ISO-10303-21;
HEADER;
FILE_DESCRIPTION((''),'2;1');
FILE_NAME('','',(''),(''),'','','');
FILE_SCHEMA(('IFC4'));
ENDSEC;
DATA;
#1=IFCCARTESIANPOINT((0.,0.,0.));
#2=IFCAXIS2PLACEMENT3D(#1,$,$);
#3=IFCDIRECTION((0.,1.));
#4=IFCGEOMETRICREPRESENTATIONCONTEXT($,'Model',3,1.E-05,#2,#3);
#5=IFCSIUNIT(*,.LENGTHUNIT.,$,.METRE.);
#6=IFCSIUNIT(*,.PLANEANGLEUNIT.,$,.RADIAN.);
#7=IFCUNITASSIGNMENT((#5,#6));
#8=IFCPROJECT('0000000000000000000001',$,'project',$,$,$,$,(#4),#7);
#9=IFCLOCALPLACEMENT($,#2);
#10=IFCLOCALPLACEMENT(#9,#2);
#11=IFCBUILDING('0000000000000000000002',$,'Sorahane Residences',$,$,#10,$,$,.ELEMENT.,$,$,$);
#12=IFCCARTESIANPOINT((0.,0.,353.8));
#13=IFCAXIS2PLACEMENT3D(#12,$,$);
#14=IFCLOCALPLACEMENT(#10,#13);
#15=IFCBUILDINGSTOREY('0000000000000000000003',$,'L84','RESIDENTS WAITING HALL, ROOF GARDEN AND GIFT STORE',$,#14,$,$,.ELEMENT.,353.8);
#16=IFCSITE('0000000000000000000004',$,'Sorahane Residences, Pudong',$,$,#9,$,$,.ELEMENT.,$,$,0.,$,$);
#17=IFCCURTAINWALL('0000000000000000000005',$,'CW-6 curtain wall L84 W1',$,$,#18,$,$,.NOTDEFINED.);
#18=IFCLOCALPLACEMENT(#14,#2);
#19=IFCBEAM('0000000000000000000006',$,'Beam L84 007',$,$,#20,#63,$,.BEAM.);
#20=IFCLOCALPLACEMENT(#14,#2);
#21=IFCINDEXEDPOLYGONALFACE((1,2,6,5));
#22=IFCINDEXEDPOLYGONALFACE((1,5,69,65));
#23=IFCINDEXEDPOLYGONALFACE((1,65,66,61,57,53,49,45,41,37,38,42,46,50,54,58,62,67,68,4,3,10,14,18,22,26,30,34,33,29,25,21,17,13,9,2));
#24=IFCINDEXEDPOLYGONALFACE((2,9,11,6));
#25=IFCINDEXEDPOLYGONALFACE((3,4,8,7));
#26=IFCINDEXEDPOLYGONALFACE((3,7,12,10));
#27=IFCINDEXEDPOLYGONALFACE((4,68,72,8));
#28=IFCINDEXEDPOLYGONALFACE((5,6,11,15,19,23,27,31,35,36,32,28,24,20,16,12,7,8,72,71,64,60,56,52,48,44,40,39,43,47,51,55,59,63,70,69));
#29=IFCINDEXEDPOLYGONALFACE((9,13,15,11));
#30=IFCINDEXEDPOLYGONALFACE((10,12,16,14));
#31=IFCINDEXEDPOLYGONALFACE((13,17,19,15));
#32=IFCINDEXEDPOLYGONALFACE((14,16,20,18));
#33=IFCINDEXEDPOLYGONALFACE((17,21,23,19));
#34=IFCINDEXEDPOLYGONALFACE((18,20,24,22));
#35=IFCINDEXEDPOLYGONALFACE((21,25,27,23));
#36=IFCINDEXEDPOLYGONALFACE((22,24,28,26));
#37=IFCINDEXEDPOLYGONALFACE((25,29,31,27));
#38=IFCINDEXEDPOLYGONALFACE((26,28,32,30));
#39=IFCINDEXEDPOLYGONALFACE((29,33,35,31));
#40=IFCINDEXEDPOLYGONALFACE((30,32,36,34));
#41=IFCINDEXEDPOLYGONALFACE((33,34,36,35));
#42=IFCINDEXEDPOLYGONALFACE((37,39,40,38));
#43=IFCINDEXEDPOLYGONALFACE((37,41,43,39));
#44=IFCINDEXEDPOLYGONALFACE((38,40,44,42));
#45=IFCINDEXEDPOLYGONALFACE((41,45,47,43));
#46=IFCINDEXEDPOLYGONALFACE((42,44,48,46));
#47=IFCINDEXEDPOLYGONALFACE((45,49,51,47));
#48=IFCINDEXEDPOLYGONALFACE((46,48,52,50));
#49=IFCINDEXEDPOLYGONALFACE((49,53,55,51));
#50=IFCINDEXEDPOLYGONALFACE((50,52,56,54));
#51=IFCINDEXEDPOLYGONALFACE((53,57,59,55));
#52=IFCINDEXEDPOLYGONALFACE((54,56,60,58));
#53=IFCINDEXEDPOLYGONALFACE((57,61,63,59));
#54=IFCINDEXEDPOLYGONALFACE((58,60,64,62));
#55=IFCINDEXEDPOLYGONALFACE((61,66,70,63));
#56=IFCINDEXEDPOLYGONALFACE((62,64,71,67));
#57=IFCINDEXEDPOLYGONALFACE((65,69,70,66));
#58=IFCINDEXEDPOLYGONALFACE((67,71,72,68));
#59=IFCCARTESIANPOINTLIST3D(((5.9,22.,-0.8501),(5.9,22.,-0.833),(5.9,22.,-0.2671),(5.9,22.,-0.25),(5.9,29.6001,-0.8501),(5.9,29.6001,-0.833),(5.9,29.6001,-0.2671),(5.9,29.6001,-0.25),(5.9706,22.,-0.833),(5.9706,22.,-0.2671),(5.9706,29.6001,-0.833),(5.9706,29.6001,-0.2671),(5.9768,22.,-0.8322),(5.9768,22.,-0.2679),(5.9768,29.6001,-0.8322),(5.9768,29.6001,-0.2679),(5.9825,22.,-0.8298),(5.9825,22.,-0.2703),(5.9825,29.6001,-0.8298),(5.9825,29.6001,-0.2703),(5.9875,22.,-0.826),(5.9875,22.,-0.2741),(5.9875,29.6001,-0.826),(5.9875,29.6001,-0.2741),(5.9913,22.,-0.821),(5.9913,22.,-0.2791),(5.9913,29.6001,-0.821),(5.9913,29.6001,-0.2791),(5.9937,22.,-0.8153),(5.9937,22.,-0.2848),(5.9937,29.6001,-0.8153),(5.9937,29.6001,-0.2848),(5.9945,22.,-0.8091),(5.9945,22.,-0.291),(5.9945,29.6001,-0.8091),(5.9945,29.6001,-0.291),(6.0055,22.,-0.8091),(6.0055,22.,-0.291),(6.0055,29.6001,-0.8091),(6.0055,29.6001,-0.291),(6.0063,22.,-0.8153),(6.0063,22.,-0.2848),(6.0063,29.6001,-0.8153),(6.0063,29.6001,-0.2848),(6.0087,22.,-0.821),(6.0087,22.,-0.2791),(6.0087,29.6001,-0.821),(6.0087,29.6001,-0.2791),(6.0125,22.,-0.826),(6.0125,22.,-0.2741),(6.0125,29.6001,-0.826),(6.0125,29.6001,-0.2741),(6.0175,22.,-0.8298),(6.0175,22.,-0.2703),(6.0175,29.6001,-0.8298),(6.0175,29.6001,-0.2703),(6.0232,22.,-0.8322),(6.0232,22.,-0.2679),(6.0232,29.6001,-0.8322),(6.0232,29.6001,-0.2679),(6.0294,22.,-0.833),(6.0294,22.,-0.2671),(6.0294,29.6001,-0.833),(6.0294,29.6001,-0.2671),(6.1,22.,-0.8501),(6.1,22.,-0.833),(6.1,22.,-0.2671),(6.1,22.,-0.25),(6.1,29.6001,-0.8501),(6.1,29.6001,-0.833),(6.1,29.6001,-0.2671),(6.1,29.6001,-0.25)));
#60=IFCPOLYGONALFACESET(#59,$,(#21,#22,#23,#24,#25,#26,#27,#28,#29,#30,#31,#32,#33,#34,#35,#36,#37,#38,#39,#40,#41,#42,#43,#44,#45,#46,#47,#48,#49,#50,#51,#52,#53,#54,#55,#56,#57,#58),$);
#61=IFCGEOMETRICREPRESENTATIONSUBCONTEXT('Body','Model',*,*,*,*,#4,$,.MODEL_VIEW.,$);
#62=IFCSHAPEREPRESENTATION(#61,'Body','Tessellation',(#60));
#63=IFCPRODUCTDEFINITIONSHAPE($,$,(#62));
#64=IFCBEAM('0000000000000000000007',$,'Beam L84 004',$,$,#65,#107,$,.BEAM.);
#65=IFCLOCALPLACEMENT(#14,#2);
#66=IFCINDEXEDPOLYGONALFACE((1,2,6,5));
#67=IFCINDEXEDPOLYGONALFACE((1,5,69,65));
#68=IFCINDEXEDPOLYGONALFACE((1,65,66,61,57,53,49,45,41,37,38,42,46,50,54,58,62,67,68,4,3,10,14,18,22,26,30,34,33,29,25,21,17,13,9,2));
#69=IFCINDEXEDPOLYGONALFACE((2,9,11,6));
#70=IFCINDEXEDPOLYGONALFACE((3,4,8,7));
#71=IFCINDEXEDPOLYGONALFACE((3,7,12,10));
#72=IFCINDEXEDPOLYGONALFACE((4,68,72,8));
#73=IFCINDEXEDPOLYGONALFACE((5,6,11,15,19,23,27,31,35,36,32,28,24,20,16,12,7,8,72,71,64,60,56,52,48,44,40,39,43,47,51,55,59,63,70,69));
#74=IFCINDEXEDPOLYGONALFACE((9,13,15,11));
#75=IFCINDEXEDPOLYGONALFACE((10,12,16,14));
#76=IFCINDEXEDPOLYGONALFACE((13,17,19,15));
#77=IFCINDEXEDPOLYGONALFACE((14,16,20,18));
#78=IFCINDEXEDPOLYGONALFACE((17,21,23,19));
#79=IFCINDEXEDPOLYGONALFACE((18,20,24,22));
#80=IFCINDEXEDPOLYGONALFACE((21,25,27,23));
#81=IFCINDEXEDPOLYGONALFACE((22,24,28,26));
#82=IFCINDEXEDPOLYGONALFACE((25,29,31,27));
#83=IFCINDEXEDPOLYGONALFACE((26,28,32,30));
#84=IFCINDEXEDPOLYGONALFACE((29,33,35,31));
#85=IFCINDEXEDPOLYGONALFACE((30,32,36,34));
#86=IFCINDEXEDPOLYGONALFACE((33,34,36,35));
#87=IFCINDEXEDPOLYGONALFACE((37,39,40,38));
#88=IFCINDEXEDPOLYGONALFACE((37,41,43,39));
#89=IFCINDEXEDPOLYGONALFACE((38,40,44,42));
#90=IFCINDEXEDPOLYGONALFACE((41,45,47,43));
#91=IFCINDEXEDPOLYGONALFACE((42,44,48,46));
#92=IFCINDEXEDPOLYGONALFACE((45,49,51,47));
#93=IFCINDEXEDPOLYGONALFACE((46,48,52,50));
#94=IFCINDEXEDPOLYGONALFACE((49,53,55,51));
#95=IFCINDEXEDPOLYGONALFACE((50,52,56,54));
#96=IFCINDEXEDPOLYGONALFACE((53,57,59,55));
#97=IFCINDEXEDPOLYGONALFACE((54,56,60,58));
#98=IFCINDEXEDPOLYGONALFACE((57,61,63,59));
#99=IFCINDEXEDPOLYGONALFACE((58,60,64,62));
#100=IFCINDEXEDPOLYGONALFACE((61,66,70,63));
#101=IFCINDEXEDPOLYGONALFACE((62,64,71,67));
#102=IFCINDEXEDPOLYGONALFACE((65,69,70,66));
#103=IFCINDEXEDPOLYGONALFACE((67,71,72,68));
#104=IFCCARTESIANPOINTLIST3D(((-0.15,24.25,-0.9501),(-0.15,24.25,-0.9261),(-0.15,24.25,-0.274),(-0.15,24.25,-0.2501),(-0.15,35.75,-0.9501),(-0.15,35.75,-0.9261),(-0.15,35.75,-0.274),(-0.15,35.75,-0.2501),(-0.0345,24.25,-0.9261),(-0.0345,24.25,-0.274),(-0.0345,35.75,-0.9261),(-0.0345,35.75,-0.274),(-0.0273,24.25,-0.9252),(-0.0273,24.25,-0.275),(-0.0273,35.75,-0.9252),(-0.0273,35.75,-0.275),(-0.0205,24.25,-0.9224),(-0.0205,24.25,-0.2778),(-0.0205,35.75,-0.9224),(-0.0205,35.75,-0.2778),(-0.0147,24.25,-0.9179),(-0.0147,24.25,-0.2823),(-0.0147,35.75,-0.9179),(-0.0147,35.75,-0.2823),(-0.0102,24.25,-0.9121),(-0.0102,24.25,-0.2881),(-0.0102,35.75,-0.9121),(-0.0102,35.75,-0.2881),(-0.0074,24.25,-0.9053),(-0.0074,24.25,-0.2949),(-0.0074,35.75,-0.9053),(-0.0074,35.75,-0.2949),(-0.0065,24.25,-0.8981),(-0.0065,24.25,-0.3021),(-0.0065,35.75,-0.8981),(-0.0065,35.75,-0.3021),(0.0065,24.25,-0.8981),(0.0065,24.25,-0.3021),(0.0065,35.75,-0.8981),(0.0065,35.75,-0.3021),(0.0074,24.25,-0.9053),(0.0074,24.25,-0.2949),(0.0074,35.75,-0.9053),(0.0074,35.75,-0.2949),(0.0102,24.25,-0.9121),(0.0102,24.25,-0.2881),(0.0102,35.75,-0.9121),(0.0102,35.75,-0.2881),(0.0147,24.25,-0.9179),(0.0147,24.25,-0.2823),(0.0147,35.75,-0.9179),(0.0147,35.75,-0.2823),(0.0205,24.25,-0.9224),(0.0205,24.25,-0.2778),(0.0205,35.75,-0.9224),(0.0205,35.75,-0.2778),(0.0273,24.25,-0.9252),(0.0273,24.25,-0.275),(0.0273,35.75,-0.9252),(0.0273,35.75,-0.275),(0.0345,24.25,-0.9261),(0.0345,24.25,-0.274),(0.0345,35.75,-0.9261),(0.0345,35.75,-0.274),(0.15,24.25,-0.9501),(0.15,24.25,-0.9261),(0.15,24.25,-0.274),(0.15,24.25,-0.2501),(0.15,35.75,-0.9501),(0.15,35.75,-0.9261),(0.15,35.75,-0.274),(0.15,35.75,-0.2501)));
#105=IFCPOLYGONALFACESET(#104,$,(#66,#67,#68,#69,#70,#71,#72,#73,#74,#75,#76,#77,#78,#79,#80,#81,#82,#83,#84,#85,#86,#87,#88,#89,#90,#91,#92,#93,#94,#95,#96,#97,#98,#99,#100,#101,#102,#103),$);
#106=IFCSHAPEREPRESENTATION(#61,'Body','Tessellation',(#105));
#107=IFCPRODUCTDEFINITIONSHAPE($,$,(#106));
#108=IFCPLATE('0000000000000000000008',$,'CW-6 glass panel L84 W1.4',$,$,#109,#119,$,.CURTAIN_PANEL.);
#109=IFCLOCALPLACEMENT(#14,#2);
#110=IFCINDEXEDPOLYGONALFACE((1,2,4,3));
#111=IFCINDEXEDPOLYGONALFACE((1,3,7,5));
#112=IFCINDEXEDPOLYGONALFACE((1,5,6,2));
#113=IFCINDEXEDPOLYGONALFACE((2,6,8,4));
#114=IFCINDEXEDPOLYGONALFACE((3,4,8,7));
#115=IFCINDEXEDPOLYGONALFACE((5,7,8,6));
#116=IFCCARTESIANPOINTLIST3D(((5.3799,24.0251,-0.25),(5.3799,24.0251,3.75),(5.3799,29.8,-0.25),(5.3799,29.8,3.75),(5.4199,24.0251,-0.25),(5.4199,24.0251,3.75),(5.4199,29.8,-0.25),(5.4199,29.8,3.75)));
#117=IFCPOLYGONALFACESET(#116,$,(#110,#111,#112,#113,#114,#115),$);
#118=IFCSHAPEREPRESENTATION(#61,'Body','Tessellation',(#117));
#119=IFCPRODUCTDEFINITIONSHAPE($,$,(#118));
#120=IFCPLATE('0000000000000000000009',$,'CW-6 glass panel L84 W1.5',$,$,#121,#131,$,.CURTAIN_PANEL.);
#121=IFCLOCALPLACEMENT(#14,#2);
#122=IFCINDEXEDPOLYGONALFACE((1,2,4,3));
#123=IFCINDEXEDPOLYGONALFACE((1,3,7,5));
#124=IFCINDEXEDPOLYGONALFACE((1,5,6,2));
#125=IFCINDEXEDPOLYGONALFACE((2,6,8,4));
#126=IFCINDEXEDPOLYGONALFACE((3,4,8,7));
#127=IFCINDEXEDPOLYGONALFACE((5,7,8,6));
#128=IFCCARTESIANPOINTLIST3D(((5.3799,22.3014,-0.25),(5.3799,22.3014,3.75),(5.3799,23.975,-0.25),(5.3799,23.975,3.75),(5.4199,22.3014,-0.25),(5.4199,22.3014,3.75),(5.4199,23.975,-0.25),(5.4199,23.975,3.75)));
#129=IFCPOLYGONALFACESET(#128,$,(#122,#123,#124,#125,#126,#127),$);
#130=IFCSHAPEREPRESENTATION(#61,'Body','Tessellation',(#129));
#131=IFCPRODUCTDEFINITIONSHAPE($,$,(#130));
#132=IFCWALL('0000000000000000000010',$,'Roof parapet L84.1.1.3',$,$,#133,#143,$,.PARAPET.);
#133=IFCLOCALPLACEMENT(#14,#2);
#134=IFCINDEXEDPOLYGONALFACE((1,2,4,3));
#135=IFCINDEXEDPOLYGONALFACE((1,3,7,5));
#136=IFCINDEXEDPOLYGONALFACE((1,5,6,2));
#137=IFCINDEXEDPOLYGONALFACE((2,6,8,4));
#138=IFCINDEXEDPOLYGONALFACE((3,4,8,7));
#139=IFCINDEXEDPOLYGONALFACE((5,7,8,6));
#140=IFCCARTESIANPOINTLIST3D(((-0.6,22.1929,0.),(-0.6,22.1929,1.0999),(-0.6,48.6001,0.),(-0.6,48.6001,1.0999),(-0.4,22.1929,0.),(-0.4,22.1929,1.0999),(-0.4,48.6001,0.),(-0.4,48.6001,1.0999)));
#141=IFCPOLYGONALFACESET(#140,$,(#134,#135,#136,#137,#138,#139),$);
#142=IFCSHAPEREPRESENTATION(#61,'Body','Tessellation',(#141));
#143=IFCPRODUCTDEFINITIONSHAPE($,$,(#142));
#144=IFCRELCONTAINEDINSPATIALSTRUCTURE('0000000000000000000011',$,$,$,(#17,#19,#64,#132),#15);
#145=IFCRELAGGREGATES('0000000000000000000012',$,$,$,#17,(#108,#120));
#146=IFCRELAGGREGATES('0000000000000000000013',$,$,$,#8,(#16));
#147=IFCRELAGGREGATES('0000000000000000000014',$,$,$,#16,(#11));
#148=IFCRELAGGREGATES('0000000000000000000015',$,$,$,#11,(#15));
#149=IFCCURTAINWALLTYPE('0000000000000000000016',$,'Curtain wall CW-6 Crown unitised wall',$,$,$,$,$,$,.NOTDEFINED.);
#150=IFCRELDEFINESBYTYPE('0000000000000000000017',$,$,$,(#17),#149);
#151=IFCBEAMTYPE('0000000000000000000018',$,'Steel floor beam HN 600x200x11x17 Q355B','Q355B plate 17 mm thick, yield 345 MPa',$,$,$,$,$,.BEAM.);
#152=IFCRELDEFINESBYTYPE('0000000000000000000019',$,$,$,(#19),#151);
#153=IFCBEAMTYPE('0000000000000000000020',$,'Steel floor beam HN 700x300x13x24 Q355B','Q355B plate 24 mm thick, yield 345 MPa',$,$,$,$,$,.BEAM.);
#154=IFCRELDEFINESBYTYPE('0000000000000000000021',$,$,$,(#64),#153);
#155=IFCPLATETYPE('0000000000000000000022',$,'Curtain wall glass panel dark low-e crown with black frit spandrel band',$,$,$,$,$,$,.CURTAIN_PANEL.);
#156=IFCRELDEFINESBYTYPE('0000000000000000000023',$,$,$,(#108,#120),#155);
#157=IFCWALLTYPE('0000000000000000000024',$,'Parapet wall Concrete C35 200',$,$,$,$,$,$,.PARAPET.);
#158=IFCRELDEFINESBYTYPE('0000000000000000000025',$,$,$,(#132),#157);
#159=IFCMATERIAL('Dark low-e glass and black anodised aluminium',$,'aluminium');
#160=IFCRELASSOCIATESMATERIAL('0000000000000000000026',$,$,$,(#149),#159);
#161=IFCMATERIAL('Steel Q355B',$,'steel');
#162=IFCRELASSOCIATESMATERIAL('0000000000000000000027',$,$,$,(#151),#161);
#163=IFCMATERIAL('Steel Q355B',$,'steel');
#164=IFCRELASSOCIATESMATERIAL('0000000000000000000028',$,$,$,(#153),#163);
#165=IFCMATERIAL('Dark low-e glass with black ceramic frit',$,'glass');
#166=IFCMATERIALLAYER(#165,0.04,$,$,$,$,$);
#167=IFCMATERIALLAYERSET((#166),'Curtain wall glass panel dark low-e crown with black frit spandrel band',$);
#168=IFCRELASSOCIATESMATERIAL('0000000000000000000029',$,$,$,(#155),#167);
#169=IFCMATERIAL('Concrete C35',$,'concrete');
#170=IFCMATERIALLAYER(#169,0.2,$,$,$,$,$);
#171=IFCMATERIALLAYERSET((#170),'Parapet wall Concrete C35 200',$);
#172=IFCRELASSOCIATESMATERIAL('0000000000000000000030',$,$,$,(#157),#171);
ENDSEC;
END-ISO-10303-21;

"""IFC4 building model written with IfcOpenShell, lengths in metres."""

from ifc_helpers import new_model, si_unit, direction, frame, frame_2d, origin, origin_2d, place, context, subcontext, project, spatial, rectangle, i_section, extrude, material, layer, layer_set, material_profile, profile_set, type_object, element, aggregate, save


model = new_model("IFC4")

# Units and contexts
model_context = context("Model", 3, precision=1e-05, world=origin(), true_north=direction((0.0, 1.0)))
body_context = subcontext(model_context, "Body", "Model", "MODEL_VIEW")
ifc_project = project(units=[si_unit("LENGTHUNIT", "METRE"), si_unit("PLANEANGLEUNIT", "RADIAN")], contexts=[model_context])

# Site, building, storey
site_placement = place(None, origin())
site = spatial("IfcSite", under=ifc_project, at=site_placement, Name="Sorahane Residences, Pudong", CompositionType="ELEMENT", RefElevation=0.0)
building_placement = place(site_placement, origin())
building = spatial("IfcBuilding", under=site, at=building_placement, Name="Sorahane Residences", CompositionType="ELEMENT")
storey_placement = place(building_placement, frame((0.0, 0.0, 353.8)))
storey = spatial("IfcBuildingStorey", under=building, at=storey_placement, Name="L84", Description="RESIDENTS WAITING HALL, ROOF GARDEN AND GIFT STORE", CompositionType="ELEMENT", Elevation=353.8)

# Curtain wall
ifc_material_1 = material(Name="Dark low-e glass and black anodised aluminium", Category="aluminium")
curtain_wall_type = type_object("IfcCurtainWallType", Name="Curtain wall CW-6 Crown unitised wall", PredefinedType="NOTDEFINED", material=ifc_material_1)
curtain_wall_1_placement = place(storey_placement, origin())
curtain_wall_1 = element("IfcCurtainWall", 1, at=curtain_wall_1_placement, inside=storey, type_object=curtain_wall_type, Name="CW-6 curtain wall L84 W1", PredefinedType="NOTDEFINED")

# Beams
ifc_material_2 = material(Name="Steel Q355B", Category="steel")
ifc_material_profile_1 = material_profile(ifc_material_2, i_section(OverallWidth=0.2, OverallDepth=0.6001, WebThickness=0.011, FlangeThickness=0.0171, FilletRadius=0.0239, at=origin_2d()), Name="HN 600x200x11x17")
ifc_profile_set_1 = profile_set([ifc_material_profile_1], Name="Steel Q355B")
beam_type_1 = type_object("IfcBeamType", Name="Steel floor beam HN 600x200x11x17 Q355B", Description="Q355B plate 17 mm thick, yield 345 MPa", PredefinedType="BEAM", material=ifc_profile_set_1)
beam_1_placement = place(storey_placement, frame((6.0, 22.0, -0.55), z_axis=(0.0, 1.0, 0.0), x_axis=(-1.0, 0.0, 0.0)))
element("IfcBeam", 2, at=beam_1_placement, inside=storey, type_object=beam_type_1, Name="Beam L84 007", PredefinedType="BEAM", context=body_context, shape_type="SweptSolid", body=[
    extrude(i_section(OverallWidth=0.2, OverallDepth=0.6001, WebThickness=0.011, FlangeThickness=0.0171, FilletRadius=0.0239, at=origin_2d()), origin(), (0.0, 0.0, 1.0), 7.6001),
])
ifc_material_3 = material(Name="Steel Q355B", Category="steel")
ifc_material_profile_2 = material_profile(ifc_material_3, i_section(OverallWidth=0.3, OverallDepth=0.7, WebThickness=0.0129, FlangeThickness=0.0239, FilletRadius=0.0281, at=origin_2d()), Name="HN 700x300x13x24")
ifc_profile_set_2 = profile_set([ifc_material_profile_2], Name="Steel Q355B")
beam_type_2 = type_object("IfcBeamType", Name="Steel floor beam HN 700x300x13x24 Q355B", Description="Q355B plate 24 mm thick, yield 345 MPa", PredefinedType="BEAM", material=ifc_profile_set_2)
beam_2_placement = place(storey_placement, frame((0.0, 24.25, -0.6001), z_axis=(0.0, 1.0, 0.0), x_axis=(-1.0, 0.0, 0.0)))
element("IfcBeam", 3, at=beam_2_placement, inside=storey, type_object=beam_type_2, Name="Beam L84 004", PredefinedType="BEAM", context=body_context, shape_type="SweptSolid", body=[
    extrude(i_section(OverallWidth=0.3, OverallDepth=0.7, WebThickness=0.0129, FlangeThickness=0.0239, FilletRadius=0.0281, at=origin_2d()), origin(), (0.0, 0.0, 1.0), 11.5),
])

# Plates
ifc_material_4 = material(Name="Dark low-e glass with black ceramic frit", Category="glass")
ifc_layer_1 = layer(ifc_material_4, 0.04)
ifc_layer_set_1 = layer_set([ifc_layer_1], Name="Curtain wall glass panel dark low-e crown with black frit spandrel band")
plate_type = type_object("IfcPlateType", Name="Curtain wall glass panel dark low-e crown with black frit spandrel band", PredefinedType="CURTAIN_PANEL", material=ifc_layer_set_1)
plate_1_placement = place(storey_placement, frame((5.3999, 26.9126, -0.25), z_axis=(0.0, 0.0, 1.0), x_axis=(0.0, -1.0, 0.0)))
plate_1 = element("IfcPlate", 4, at=plate_1_placement, type_object=plate_type, Name="CW-6 glass panel L84 W1.4", PredefinedType="CURTAIN_PANEL", context=body_context, shape_type="SweptSolid", body=[
    extrude(rectangle(XDim=5.7749, YDim=0.04, at=origin_2d()), origin(), (0.0, 0.0, 1.0), 4.0),
])
plate_2_placement = place(storey_placement, frame((5.3999, 23.1382, -0.25), z_axis=(0.0, 0.0, 1.0), x_axis=(0.0, -1.0, 0.0)))
plate_2 = element("IfcPlate", 5, at=plate_2_placement, type_object=plate_type, Name="CW-6 glass panel L84 W1.5", PredefinedType="CURTAIN_PANEL", context=body_context, shape_type="SweptSolid", body=[
    extrude(rectangle(XDim=1.6736, YDim=0.04, at=origin_2d()), origin(), (0.0, 0.0, 1.0), 4.0),
])
aggregate(curtain_wall_1, [plate_1, plate_2])

# Wall
ifc_material_5 = material(Name="Concrete C35", Category="concrete")
ifc_layer_2 = layer(ifc_material_5, 0.2)
ifc_layer_set_2 = layer_set([ifc_layer_2], Name="Parapet wall Concrete C35 200")
wall_type = type_object("IfcWallType", Name="Parapet wall Concrete C35 200", PredefinedType="PARAPET", material=ifc_layer_set_2)
wall_placement = place(storey_placement, frame((-0.5, 22.1929, 0.0), z_axis=(0.0, 0.0, 1.0), x_axis=(0.0, 1.0, 0.0)))
element("IfcWall", 6, at=wall_placement, inside=storey, type_object=wall_type, Name="Roof parapet L84.1.1.3", PredefinedType="PARAPET", context=body_context, shape_type="SweptSolid", body=[
    extrude(rectangle(XDim=26.4072, YDim=0.2, at=frame_2d((13.2036, 0.0))), origin(), (0.0, 0.0, 1.0), 1.0999),
])

save(model, "model.ifc")
